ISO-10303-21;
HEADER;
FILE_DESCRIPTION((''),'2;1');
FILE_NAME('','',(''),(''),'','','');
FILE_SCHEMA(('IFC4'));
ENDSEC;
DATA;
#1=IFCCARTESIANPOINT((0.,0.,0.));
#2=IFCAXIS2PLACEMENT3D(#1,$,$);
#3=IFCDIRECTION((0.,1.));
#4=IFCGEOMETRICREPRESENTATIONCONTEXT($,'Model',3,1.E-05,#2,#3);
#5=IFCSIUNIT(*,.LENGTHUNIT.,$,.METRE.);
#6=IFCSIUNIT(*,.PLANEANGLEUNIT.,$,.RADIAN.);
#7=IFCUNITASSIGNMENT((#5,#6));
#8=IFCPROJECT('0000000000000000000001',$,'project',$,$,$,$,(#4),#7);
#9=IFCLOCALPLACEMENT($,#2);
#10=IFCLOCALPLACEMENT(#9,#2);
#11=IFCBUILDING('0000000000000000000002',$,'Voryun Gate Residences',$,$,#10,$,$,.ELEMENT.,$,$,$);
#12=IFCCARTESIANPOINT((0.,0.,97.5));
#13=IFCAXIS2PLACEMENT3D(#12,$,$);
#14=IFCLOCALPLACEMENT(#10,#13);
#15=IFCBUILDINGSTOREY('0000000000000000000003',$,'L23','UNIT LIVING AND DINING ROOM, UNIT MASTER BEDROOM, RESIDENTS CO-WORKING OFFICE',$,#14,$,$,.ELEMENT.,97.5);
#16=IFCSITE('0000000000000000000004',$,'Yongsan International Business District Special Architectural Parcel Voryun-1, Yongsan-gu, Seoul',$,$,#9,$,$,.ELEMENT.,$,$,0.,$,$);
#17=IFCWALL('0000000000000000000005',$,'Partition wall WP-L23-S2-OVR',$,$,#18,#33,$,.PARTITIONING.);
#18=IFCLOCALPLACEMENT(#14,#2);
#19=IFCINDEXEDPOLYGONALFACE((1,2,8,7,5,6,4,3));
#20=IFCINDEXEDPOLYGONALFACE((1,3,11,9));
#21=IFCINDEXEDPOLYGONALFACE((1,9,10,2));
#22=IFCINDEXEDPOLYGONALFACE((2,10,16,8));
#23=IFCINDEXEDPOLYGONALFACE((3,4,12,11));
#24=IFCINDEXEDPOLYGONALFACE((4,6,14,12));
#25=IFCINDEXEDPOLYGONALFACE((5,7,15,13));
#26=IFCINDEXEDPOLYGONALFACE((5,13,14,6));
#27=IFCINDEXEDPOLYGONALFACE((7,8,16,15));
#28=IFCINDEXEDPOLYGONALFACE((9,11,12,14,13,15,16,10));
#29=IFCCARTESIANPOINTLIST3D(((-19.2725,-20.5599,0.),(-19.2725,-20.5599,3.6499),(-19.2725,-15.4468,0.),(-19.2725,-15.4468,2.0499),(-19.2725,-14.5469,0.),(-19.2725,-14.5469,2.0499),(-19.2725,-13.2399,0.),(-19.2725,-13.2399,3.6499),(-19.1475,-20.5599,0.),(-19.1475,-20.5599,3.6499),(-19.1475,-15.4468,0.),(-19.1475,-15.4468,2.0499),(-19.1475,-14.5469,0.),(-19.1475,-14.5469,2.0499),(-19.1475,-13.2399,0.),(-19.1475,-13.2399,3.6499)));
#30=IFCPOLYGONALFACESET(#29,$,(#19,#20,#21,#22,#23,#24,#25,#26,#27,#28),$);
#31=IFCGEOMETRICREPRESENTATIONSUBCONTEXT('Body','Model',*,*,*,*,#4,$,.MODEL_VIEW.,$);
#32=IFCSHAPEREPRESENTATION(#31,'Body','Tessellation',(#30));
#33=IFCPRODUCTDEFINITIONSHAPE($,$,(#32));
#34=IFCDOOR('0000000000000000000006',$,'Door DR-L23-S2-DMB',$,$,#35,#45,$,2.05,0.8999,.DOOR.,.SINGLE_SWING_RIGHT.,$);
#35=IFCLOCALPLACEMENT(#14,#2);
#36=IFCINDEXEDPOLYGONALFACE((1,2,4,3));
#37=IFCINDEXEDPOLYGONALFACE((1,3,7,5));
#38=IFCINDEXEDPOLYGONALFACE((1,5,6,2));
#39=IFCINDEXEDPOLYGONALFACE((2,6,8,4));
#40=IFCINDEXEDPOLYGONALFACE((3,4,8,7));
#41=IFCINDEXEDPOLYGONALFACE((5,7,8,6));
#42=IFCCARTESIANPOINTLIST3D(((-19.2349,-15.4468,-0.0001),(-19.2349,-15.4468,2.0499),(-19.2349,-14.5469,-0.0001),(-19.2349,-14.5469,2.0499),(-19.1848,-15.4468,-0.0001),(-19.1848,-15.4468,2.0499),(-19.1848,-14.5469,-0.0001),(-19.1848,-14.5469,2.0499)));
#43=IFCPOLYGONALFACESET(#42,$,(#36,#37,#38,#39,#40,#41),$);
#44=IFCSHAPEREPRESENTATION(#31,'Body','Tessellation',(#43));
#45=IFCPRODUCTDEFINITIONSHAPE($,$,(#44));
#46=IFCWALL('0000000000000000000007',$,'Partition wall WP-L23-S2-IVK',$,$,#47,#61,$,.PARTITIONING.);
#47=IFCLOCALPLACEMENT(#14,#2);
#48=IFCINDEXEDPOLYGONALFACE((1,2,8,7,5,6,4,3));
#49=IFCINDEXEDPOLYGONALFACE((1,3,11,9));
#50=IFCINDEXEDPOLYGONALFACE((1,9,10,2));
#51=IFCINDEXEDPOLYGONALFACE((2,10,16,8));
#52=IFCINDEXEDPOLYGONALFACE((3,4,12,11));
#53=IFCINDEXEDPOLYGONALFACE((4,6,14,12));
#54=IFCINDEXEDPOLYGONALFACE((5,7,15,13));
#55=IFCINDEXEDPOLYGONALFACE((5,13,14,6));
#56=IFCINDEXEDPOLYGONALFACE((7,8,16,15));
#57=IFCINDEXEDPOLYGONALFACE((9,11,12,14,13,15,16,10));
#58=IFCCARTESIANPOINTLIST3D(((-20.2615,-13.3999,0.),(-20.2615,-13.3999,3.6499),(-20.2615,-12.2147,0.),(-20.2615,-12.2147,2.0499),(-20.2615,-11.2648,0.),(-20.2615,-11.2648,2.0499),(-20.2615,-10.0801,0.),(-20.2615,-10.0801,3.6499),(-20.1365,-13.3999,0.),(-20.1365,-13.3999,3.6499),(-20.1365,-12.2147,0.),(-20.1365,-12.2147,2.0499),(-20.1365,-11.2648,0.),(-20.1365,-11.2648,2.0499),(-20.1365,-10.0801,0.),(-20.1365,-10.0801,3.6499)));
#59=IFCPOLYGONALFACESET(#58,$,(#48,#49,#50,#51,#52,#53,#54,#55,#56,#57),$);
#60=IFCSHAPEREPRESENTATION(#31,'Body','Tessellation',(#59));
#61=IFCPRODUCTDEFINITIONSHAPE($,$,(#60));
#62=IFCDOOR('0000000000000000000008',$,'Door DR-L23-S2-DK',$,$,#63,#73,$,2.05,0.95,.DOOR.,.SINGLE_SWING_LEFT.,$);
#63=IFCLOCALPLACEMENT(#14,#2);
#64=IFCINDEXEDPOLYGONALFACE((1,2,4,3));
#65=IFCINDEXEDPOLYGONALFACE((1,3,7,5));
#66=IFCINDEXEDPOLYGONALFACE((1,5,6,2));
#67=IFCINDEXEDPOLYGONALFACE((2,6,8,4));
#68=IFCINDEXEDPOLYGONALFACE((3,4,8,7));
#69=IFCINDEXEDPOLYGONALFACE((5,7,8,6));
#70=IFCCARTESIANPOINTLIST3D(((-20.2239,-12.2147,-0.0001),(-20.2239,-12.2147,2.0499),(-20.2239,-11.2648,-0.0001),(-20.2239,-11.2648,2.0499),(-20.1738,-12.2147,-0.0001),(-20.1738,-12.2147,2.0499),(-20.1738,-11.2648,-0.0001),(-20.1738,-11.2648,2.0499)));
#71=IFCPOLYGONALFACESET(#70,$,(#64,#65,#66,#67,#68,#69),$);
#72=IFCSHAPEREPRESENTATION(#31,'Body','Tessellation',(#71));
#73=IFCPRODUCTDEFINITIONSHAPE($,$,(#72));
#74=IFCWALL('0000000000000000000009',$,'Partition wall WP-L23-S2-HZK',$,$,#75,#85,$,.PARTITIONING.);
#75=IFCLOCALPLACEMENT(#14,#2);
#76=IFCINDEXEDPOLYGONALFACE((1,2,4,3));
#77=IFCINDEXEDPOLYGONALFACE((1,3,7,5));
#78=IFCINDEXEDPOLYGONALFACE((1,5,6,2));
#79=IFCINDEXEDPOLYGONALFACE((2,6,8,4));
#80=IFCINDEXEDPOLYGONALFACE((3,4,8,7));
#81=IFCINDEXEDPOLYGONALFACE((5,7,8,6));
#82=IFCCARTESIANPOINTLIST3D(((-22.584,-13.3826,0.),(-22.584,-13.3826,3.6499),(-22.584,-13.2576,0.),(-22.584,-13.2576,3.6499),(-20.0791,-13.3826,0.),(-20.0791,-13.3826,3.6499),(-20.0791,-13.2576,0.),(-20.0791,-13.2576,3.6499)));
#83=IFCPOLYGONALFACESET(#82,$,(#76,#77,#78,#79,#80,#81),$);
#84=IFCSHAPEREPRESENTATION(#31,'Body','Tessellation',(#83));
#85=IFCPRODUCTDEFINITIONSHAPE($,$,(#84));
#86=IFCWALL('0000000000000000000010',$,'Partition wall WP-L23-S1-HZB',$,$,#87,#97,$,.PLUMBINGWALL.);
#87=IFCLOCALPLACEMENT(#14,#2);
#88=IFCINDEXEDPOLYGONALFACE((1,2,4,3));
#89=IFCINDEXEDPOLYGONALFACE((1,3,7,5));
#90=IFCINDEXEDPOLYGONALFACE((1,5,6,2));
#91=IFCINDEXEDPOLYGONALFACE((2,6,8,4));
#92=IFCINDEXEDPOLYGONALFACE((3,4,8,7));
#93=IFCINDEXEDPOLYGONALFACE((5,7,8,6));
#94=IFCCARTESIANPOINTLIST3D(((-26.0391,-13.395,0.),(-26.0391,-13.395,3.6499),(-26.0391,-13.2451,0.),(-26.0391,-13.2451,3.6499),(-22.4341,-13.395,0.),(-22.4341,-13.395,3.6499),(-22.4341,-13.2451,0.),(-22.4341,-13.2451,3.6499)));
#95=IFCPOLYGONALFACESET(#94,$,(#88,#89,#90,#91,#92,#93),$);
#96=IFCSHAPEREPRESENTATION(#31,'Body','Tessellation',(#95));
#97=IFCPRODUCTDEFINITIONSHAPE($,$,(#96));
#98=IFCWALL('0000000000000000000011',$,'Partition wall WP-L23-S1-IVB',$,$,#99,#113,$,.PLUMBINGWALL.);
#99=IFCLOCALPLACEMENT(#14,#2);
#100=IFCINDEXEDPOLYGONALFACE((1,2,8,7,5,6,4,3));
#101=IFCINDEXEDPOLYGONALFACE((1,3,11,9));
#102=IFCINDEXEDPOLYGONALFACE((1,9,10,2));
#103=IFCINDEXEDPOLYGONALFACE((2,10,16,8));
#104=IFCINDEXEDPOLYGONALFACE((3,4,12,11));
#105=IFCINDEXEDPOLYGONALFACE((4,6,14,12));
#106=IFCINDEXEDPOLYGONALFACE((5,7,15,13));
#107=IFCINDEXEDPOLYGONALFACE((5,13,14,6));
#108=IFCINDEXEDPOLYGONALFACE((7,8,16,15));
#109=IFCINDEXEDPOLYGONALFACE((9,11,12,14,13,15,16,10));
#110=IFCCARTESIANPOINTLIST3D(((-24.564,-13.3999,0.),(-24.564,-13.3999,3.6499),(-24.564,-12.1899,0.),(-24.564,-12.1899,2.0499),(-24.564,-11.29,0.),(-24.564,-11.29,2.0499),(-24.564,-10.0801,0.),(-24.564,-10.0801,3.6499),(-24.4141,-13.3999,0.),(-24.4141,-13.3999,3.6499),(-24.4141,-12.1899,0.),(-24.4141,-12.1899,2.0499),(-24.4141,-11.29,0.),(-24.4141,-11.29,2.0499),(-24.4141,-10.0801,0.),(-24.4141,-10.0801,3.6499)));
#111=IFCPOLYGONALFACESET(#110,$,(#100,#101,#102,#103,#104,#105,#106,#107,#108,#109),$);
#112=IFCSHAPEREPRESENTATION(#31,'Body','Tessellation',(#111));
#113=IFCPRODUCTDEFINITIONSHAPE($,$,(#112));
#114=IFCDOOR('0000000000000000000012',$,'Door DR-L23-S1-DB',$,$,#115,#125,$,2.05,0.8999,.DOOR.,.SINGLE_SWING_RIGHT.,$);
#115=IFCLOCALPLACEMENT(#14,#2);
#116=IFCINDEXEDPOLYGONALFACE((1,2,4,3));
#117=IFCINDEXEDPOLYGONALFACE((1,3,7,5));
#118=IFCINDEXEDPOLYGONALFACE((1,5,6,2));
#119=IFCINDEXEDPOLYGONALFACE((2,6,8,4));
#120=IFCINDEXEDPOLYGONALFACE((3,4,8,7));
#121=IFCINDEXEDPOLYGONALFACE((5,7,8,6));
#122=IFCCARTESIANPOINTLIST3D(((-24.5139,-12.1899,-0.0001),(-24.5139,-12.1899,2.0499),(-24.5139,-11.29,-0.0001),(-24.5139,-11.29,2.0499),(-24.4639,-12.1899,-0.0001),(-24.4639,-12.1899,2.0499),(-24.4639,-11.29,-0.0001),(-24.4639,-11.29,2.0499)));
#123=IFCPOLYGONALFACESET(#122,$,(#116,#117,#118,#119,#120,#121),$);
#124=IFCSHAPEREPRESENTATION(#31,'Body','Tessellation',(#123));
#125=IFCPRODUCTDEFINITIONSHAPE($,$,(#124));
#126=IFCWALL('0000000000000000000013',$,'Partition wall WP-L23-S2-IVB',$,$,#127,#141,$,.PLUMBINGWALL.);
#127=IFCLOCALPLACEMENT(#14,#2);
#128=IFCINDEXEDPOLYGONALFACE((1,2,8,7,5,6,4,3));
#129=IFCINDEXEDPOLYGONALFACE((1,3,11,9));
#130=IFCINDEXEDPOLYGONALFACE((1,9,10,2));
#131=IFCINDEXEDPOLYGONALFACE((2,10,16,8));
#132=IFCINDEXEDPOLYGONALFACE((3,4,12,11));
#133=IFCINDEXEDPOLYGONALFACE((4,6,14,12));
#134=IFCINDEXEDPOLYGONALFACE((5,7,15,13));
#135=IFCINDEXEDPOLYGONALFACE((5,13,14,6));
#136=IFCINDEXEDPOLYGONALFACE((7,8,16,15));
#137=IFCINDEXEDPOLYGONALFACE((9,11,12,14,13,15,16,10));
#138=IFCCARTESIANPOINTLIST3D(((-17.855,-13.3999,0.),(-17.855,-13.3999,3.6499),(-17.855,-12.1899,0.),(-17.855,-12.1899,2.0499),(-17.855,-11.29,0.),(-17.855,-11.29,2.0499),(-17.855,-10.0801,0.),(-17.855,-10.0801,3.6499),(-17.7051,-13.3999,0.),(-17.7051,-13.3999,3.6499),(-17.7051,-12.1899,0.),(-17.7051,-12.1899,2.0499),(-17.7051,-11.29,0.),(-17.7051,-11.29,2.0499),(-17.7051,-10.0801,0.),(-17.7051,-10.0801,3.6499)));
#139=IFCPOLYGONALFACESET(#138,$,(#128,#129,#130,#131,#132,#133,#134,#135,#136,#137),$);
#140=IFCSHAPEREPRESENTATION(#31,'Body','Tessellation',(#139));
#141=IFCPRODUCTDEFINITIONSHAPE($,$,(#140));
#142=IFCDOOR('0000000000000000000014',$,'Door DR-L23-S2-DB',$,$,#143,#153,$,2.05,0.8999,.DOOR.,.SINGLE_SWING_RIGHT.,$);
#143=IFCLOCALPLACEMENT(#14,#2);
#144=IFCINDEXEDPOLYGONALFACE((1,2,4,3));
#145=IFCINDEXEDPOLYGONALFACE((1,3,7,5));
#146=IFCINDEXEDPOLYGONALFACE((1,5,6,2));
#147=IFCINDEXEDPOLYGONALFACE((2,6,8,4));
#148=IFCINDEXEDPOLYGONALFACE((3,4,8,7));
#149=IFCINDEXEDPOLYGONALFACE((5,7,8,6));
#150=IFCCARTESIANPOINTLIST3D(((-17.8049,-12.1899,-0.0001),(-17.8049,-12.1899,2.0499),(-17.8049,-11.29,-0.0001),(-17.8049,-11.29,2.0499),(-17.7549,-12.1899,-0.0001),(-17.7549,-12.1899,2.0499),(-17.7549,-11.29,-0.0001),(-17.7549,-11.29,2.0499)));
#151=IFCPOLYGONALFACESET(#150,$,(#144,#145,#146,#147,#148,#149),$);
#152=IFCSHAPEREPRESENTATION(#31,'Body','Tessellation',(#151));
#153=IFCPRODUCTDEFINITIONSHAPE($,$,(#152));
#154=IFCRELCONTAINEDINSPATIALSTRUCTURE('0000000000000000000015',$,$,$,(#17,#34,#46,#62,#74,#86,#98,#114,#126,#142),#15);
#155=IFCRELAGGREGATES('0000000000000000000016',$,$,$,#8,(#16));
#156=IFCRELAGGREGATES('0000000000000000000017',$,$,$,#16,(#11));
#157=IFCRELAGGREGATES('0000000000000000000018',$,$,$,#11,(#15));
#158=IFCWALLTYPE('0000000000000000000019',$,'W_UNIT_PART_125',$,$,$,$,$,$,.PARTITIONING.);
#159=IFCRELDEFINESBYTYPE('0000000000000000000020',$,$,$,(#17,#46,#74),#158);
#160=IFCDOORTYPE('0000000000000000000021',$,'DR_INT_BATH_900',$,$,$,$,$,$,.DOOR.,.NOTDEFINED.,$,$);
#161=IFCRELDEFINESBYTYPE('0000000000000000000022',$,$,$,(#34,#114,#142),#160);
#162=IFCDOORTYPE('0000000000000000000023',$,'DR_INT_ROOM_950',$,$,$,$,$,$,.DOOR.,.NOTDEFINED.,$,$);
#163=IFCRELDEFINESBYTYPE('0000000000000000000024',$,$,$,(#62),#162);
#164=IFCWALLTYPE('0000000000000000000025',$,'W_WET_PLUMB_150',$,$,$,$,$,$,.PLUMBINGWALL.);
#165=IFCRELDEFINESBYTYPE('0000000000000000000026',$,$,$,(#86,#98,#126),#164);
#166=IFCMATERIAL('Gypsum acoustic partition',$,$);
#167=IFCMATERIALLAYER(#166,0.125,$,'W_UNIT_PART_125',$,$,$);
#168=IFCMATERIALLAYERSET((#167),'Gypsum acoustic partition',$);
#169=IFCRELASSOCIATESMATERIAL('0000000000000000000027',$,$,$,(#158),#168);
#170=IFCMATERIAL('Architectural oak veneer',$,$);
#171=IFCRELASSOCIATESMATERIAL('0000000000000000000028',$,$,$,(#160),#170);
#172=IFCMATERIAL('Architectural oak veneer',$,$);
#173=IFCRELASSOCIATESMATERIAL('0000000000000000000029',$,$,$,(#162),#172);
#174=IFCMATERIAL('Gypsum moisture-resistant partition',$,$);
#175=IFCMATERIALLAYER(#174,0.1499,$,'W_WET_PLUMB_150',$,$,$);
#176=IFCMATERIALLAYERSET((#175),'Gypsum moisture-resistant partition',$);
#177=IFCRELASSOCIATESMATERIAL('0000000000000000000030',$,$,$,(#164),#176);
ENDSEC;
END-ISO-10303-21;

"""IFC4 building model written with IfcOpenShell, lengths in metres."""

from ifc_helpers import new_model, si_unit, direction, frame, frame_2d, origin, place, context, subcontext, project, spatial, rectangle, extrude, material, layer, layer_set, type_object, element, fill, save


model = new_model("IFC4")

# Units and contexts
model_context = context("Model", 3, precision=1e-05, world=origin(), true_north=direction((0.0, 1.0)))
body_context = subcontext(model_context, "Body", "Model", "MODEL_VIEW")
ifc_project = project(units=[si_unit("LENGTHUNIT", "METRE"), si_unit("PLANEANGLEUNIT", "RADIAN")], contexts=[model_context])

# Site, building, storey
site_placement = place(None, origin())
site = spatial("IfcSite", under=ifc_project, at=site_placement, Name="Yongsan International Business District Special Architectural Parcel Voryun-1, Yongsan-gu, Seoul", CompositionType="ELEMENT", RefElevation=0.0)
building_placement = place(site_placement, origin())
building = spatial("IfcBuilding", under=site, at=building_placement, Name="Voryun Gate Residences", CompositionType="ELEMENT")
storey_placement = place(building_placement, frame((0.0, 0.0, 97.5)))
storey = spatial("IfcBuildingStorey", under=building, at=storey_placement, Name="L23", Description="UNIT LIVING AND DINING ROOM, UNIT MASTER BEDROOM, RESIDENTS CO-WORKING OFFICE", CompositionType="ELEMENT", Elevation=97.5)

# Shared definitions
ifc_material_1 = material(Name="Gypsum acoustic partition")
ifc_layer_1 = layer(ifc_material_1, 0.125, Name="W_UNIT_PART_125")
ifc_layer_set_1 = layer_set([ifc_layer_1], Name="Gypsum acoustic partition")
wall_type_1 = type_object("IfcWallType", Name="W_UNIT_PART_125", PredefinedType="PARTITIONING", material=ifc_layer_set_1)
ifc_material_2 = material(Name="Architectural oak veneer")
door_type_1 = type_object("IfcDoorType", Name="DR_INT_BATH_900", OperationType="NOTDEFINED", PredefinedType="DOOR", material=ifc_material_2)
ifc_material_3 = material(Name="Architectural oak veneer")
door_type_2 = type_object("IfcDoorType", Name="DR_INT_ROOM_950", OperationType="NOTDEFINED", PredefinedType="DOOR", material=ifc_material_3)

# Walls, openings, doors
wall_1_placement = place(storey_placement, frame((-19.21, -20.5601, 0.0), z_axis=(0.0, 0.0, 1.0), x_axis=(0.0, 1.0, 0.0)))
wall_1 = element("IfcWall", 1, at=wall_1_placement, inside=storey, type_object=wall_type_1, Name="Partition wall WP-L23-S2-OVR", PredefinedType="PARTITIONING", context=body_context, shape_type="SweptSolid", body=[
    extrude(rectangle(XDim=7.3201, YDim=0.125, at=frame_2d((3.6602, 0.0))), origin(), (0.0, 0.0, 1.0), 3.6499),
])
opening_1_placement = place(wall_1_placement, frame((5.1133, 0.0, 0.0)))
opening_1 = element("IfcOpeningElement", 2, at=opening_1_placement, cuts=wall_1, PredefinedType="OPENING", context=body_context, shape_type="SweptSolid", body=[
    extrude(rectangle(XDim=0.8999, YDim=2.05, at=frame_2d((0.45, 1.0249))), frame((0.0, 0.0725, 0.0), z_axis=(0.0, -1.0, 0.0), x_axis=(1.0, 0.0, 0.0)), (0.0, 0.0, 1.0), 0.145),
])
door_1_placement = place(opening_1_placement, origin())
door_1 = element("IfcDoor", 3, at=door_1_placement, inside=storey, type_object=door_type_1, Name="Door DR-L23-S2-DMB", OperationType="SINGLE_SWING_RIGHT", OverallHeight=2.05, OverallWidth=0.8999, PredefinedType="DOOR", context=body_context, shape_type="SweptSolid", body=[
    extrude(rectangle(XDim=0.8999, YDim=2.05, at=frame_2d((0.45, 1.0249))), frame((0.0, 0.0249, 0.0), z_axis=(0.0, -1.0, 0.0), x_axis=(1.0, 0.0, 0.0)), (0.0, 0.0, 1.0), 0.05),
])
fill(opening_1, door_1)
wall_2_placement = place(storey_placement, frame((-20.199, -13.3999, 0.0), z_axis=(0.0, 0.0, 1.0), x_axis=(0.0, 1.0, 0.0)))
wall_2 = element("IfcWall", 4, at=wall_2_placement, inside=storey, type_object=wall_type_1, Name="Partition wall WP-L23-S2-IVK", PredefinedType="PARTITIONING", context=body_context, shape_type="SweptSolid", body=[
    extrude(rectangle(XDim=3.3198, YDim=0.125, at=frame_2d((1.6599, 0.0))), origin(), (0.0, 0.0, 1.0), 3.6499),
])
opening_2_placement = place(wall_2_placement, frame((1.1851, 0.0, 0.0)))
opening_2 = element("IfcOpeningElement", 5, at=opening_2_placement, cuts=wall_2, PredefinedType="OPENING", context=body_context, shape_type="SweptSolid", body=[
    extrude(rectangle(XDim=0.95, YDim=2.05, at=frame_2d((0.4751, 1.0249))), frame((0.0, 0.0725, 0.0), z_axis=(0.0, -1.0, 0.0), x_axis=(1.0, 0.0, 0.0)), (0.0, 0.0, 1.0), 0.145),
])
door_2_placement = place(opening_2_placement, origin())
door_2 = element("IfcDoor", 6, at=door_2_placement, inside=storey, type_object=door_type_2, Name="Door DR-L23-S2-DK", OperationType="SINGLE_SWING_LEFT", OverallHeight=2.05, OverallWidth=0.95, PredefinedType="DOOR", context=body_context, shape_type="SweptSolid", body=[
    extrude(rectangle(XDim=0.95, YDim=2.05, at=frame_2d((0.4751, 1.0249))), frame((0.0, 0.0249, 0.0), z_axis=(0.0, -1.0, 0.0), x_axis=(1.0, 0.0, 0.0)), (0.0, 0.0, 1.0), 0.05),
])
fill(opening_2, door_2)

# Walls
wall_3_placement = place(storey_placement, frame((-22.584, -13.3201, 0.0), z_axis=(0.0, 0.0, 1.0), x_axis=(1.0, 0.0, 0.0)))
element("IfcWall", 7, at=wall_3_placement, inside=storey, type_object=wall_type_1, Name="Partition wall WP-L23-S2-HZK", PredefinedType="PARTITIONING", context=body_context, shape_type="SweptSolid", body=[
    extrude(rectangle(XDim=2.5049, YDim=0.125, at=frame_2d((1.2524, 0.0))), origin(), (0.0, 0.0, 1.0), 3.6499),
])
ifc_material_4 = material(Name="Gypsum moisture-resistant partition")
ifc_layer_2 = layer(ifc_material_4, 0.1499, Name="W_WET_PLUMB_150")
ifc_layer_set_2 = layer_set([ifc_layer_2], Name="Gypsum moisture-resistant partition")
wall_type_2 = type_object("IfcWallType", Name="W_WET_PLUMB_150", PredefinedType="PLUMBINGWALL", material=ifc_layer_set_2)
wall_4_placement = place(storey_placement, frame((-26.0391, -13.3201, 0.0), z_axis=(0.0, 0.0, 1.0), x_axis=(1.0, 0.0, 0.0)))
element("IfcWall", 8, at=wall_4_placement, inside=storey, type_object=wall_type_2, Name="Partition wall WP-L23-S1-HZB", PredefinedType="PLUMBINGWALL", context=body_context, shape_type="SweptSolid", body=[
    extrude(rectangle(XDim=3.605, YDim=0.1499, at=frame_2d((1.8025, 0.0))), origin(), (0.0, 0.0, 1.0), 3.6499),
])

# Walls, openings, doors
wall_5_placement = place(storey_placement, frame((-24.489, -13.3999, 0.0), z_axis=(0.0, 0.0, 1.0), x_axis=(0.0, 1.0, 0.0)))
wall_5 = element("IfcWall", 9, at=wall_5_placement, inside=storey, type_object=wall_type_2, Name="Partition wall WP-L23-S1-IVB", PredefinedType="PLUMBINGWALL", context=body_context, shape_type="SweptSolid", body=[
    extrude(rectangle(XDim=3.3198, YDim=0.1499, at=frame_2d((1.6599, 0.0))), origin(), (0.0, 0.0, 1.0), 3.6499),
])
opening_3_placement = place(wall_5_placement, frame((1.21, 0.0, 0.0)))
opening_3 = element("IfcOpeningElement", 10, at=opening_3_placement, cuts=wall_5, PredefinedType="OPENING", context=body_context, shape_type="SweptSolid", body=[
    extrude(rectangle(XDim=0.8999, YDim=2.05, at=frame_2d((0.45, 1.0249))), frame((0.0, 0.085, 0.0), z_axis=(0.0, -1.0, 0.0), x_axis=(1.0, 0.0, 0.0)), (0.0, 0.0, 1.0), 0.1699),
])
door_3_placement = place(opening_3_placement, origin())
door_3 = element("IfcDoor", 11, at=door_3_placement, inside=storey, type_object=door_type_1, Name="Door DR-L23-S1-DB", OperationType="SINGLE_SWING_RIGHT", OverallHeight=2.05, OverallWidth=0.8999, PredefinedType="DOOR", context=body_context, shape_type="SweptSolid", body=[
    extrude(rectangle(XDim=0.8999, YDim=2.05, at=frame_2d((0.45, 1.0249))), frame((0.0, 0.0249, 0.0), z_axis=(0.0, -1.0, 0.0), x_axis=(1.0, 0.0, 0.0)), (0.0, 0.0, 1.0), 0.05),
])
fill(opening_3, door_3)
wall_6_placement = place(storey_placement, frame((-17.78, -13.3999, 0.0), z_axis=(0.0, 0.0, 1.0), x_axis=(0.0, 1.0, 0.0)))
wall_6 = element("IfcWall", 12, at=wall_6_placement, inside=storey, type_object=wall_type_2, Name="Partition wall WP-L23-S2-IVB", PredefinedType="PLUMBINGWALL", context=body_context, shape_type="SweptSolid", body=[
    extrude(rectangle(XDim=3.3198, YDim=0.1499, at=frame_2d((1.6599, 0.0))), origin(), (0.0, 0.0, 1.0), 3.6499),
])
opening_4_placement = place(wall_6_placement, frame((1.21, 0.0, 0.0)))
opening_4 = element("IfcOpeningElement", 13, at=opening_4_placement, cuts=wall_6, PredefinedType="OPENING", context=body_context, shape_type="SweptSolid", body=[
    extrude(rectangle(XDim=0.8999, YDim=2.05, at=frame_2d((0.45, 1.0249))), frame((0.0, 0.085, 0.0), z_axis=(0.0, -1.0, 0.0), x_axis=(1.0, 0.0, 0.0)), (0.0, 0.0, 1.0), 0.1699),
])
door_4_placement = place(opening_4_placement, origin())
door_4 = element("IfcDoor", 14, at=door_4_placement, inside=storey, type_object=door_type_1, Name="Door DR-L23-S2-DB", OperationType="SINGLE_SWING_RIGHT", OverallHeight=2.05, OverallWidth=0.8999, PredefinedType="DOOR", context=body_context, shape_type="SweptSolid", body=[
    extrude(rectangle(XDim=0.8999, YDim=2.05, at=frame_2d((0.45, 1.0249))), frame((0.0, 0.0249, 0.0), z_axis=(0.0, -1.0, 0.0), x_axis=(1.0, 0.0, 0.0)), (0.0, 0.0, 1.0), 0.05),
])
fill(opening_4, door_4)

save(model, "model.ifc")
